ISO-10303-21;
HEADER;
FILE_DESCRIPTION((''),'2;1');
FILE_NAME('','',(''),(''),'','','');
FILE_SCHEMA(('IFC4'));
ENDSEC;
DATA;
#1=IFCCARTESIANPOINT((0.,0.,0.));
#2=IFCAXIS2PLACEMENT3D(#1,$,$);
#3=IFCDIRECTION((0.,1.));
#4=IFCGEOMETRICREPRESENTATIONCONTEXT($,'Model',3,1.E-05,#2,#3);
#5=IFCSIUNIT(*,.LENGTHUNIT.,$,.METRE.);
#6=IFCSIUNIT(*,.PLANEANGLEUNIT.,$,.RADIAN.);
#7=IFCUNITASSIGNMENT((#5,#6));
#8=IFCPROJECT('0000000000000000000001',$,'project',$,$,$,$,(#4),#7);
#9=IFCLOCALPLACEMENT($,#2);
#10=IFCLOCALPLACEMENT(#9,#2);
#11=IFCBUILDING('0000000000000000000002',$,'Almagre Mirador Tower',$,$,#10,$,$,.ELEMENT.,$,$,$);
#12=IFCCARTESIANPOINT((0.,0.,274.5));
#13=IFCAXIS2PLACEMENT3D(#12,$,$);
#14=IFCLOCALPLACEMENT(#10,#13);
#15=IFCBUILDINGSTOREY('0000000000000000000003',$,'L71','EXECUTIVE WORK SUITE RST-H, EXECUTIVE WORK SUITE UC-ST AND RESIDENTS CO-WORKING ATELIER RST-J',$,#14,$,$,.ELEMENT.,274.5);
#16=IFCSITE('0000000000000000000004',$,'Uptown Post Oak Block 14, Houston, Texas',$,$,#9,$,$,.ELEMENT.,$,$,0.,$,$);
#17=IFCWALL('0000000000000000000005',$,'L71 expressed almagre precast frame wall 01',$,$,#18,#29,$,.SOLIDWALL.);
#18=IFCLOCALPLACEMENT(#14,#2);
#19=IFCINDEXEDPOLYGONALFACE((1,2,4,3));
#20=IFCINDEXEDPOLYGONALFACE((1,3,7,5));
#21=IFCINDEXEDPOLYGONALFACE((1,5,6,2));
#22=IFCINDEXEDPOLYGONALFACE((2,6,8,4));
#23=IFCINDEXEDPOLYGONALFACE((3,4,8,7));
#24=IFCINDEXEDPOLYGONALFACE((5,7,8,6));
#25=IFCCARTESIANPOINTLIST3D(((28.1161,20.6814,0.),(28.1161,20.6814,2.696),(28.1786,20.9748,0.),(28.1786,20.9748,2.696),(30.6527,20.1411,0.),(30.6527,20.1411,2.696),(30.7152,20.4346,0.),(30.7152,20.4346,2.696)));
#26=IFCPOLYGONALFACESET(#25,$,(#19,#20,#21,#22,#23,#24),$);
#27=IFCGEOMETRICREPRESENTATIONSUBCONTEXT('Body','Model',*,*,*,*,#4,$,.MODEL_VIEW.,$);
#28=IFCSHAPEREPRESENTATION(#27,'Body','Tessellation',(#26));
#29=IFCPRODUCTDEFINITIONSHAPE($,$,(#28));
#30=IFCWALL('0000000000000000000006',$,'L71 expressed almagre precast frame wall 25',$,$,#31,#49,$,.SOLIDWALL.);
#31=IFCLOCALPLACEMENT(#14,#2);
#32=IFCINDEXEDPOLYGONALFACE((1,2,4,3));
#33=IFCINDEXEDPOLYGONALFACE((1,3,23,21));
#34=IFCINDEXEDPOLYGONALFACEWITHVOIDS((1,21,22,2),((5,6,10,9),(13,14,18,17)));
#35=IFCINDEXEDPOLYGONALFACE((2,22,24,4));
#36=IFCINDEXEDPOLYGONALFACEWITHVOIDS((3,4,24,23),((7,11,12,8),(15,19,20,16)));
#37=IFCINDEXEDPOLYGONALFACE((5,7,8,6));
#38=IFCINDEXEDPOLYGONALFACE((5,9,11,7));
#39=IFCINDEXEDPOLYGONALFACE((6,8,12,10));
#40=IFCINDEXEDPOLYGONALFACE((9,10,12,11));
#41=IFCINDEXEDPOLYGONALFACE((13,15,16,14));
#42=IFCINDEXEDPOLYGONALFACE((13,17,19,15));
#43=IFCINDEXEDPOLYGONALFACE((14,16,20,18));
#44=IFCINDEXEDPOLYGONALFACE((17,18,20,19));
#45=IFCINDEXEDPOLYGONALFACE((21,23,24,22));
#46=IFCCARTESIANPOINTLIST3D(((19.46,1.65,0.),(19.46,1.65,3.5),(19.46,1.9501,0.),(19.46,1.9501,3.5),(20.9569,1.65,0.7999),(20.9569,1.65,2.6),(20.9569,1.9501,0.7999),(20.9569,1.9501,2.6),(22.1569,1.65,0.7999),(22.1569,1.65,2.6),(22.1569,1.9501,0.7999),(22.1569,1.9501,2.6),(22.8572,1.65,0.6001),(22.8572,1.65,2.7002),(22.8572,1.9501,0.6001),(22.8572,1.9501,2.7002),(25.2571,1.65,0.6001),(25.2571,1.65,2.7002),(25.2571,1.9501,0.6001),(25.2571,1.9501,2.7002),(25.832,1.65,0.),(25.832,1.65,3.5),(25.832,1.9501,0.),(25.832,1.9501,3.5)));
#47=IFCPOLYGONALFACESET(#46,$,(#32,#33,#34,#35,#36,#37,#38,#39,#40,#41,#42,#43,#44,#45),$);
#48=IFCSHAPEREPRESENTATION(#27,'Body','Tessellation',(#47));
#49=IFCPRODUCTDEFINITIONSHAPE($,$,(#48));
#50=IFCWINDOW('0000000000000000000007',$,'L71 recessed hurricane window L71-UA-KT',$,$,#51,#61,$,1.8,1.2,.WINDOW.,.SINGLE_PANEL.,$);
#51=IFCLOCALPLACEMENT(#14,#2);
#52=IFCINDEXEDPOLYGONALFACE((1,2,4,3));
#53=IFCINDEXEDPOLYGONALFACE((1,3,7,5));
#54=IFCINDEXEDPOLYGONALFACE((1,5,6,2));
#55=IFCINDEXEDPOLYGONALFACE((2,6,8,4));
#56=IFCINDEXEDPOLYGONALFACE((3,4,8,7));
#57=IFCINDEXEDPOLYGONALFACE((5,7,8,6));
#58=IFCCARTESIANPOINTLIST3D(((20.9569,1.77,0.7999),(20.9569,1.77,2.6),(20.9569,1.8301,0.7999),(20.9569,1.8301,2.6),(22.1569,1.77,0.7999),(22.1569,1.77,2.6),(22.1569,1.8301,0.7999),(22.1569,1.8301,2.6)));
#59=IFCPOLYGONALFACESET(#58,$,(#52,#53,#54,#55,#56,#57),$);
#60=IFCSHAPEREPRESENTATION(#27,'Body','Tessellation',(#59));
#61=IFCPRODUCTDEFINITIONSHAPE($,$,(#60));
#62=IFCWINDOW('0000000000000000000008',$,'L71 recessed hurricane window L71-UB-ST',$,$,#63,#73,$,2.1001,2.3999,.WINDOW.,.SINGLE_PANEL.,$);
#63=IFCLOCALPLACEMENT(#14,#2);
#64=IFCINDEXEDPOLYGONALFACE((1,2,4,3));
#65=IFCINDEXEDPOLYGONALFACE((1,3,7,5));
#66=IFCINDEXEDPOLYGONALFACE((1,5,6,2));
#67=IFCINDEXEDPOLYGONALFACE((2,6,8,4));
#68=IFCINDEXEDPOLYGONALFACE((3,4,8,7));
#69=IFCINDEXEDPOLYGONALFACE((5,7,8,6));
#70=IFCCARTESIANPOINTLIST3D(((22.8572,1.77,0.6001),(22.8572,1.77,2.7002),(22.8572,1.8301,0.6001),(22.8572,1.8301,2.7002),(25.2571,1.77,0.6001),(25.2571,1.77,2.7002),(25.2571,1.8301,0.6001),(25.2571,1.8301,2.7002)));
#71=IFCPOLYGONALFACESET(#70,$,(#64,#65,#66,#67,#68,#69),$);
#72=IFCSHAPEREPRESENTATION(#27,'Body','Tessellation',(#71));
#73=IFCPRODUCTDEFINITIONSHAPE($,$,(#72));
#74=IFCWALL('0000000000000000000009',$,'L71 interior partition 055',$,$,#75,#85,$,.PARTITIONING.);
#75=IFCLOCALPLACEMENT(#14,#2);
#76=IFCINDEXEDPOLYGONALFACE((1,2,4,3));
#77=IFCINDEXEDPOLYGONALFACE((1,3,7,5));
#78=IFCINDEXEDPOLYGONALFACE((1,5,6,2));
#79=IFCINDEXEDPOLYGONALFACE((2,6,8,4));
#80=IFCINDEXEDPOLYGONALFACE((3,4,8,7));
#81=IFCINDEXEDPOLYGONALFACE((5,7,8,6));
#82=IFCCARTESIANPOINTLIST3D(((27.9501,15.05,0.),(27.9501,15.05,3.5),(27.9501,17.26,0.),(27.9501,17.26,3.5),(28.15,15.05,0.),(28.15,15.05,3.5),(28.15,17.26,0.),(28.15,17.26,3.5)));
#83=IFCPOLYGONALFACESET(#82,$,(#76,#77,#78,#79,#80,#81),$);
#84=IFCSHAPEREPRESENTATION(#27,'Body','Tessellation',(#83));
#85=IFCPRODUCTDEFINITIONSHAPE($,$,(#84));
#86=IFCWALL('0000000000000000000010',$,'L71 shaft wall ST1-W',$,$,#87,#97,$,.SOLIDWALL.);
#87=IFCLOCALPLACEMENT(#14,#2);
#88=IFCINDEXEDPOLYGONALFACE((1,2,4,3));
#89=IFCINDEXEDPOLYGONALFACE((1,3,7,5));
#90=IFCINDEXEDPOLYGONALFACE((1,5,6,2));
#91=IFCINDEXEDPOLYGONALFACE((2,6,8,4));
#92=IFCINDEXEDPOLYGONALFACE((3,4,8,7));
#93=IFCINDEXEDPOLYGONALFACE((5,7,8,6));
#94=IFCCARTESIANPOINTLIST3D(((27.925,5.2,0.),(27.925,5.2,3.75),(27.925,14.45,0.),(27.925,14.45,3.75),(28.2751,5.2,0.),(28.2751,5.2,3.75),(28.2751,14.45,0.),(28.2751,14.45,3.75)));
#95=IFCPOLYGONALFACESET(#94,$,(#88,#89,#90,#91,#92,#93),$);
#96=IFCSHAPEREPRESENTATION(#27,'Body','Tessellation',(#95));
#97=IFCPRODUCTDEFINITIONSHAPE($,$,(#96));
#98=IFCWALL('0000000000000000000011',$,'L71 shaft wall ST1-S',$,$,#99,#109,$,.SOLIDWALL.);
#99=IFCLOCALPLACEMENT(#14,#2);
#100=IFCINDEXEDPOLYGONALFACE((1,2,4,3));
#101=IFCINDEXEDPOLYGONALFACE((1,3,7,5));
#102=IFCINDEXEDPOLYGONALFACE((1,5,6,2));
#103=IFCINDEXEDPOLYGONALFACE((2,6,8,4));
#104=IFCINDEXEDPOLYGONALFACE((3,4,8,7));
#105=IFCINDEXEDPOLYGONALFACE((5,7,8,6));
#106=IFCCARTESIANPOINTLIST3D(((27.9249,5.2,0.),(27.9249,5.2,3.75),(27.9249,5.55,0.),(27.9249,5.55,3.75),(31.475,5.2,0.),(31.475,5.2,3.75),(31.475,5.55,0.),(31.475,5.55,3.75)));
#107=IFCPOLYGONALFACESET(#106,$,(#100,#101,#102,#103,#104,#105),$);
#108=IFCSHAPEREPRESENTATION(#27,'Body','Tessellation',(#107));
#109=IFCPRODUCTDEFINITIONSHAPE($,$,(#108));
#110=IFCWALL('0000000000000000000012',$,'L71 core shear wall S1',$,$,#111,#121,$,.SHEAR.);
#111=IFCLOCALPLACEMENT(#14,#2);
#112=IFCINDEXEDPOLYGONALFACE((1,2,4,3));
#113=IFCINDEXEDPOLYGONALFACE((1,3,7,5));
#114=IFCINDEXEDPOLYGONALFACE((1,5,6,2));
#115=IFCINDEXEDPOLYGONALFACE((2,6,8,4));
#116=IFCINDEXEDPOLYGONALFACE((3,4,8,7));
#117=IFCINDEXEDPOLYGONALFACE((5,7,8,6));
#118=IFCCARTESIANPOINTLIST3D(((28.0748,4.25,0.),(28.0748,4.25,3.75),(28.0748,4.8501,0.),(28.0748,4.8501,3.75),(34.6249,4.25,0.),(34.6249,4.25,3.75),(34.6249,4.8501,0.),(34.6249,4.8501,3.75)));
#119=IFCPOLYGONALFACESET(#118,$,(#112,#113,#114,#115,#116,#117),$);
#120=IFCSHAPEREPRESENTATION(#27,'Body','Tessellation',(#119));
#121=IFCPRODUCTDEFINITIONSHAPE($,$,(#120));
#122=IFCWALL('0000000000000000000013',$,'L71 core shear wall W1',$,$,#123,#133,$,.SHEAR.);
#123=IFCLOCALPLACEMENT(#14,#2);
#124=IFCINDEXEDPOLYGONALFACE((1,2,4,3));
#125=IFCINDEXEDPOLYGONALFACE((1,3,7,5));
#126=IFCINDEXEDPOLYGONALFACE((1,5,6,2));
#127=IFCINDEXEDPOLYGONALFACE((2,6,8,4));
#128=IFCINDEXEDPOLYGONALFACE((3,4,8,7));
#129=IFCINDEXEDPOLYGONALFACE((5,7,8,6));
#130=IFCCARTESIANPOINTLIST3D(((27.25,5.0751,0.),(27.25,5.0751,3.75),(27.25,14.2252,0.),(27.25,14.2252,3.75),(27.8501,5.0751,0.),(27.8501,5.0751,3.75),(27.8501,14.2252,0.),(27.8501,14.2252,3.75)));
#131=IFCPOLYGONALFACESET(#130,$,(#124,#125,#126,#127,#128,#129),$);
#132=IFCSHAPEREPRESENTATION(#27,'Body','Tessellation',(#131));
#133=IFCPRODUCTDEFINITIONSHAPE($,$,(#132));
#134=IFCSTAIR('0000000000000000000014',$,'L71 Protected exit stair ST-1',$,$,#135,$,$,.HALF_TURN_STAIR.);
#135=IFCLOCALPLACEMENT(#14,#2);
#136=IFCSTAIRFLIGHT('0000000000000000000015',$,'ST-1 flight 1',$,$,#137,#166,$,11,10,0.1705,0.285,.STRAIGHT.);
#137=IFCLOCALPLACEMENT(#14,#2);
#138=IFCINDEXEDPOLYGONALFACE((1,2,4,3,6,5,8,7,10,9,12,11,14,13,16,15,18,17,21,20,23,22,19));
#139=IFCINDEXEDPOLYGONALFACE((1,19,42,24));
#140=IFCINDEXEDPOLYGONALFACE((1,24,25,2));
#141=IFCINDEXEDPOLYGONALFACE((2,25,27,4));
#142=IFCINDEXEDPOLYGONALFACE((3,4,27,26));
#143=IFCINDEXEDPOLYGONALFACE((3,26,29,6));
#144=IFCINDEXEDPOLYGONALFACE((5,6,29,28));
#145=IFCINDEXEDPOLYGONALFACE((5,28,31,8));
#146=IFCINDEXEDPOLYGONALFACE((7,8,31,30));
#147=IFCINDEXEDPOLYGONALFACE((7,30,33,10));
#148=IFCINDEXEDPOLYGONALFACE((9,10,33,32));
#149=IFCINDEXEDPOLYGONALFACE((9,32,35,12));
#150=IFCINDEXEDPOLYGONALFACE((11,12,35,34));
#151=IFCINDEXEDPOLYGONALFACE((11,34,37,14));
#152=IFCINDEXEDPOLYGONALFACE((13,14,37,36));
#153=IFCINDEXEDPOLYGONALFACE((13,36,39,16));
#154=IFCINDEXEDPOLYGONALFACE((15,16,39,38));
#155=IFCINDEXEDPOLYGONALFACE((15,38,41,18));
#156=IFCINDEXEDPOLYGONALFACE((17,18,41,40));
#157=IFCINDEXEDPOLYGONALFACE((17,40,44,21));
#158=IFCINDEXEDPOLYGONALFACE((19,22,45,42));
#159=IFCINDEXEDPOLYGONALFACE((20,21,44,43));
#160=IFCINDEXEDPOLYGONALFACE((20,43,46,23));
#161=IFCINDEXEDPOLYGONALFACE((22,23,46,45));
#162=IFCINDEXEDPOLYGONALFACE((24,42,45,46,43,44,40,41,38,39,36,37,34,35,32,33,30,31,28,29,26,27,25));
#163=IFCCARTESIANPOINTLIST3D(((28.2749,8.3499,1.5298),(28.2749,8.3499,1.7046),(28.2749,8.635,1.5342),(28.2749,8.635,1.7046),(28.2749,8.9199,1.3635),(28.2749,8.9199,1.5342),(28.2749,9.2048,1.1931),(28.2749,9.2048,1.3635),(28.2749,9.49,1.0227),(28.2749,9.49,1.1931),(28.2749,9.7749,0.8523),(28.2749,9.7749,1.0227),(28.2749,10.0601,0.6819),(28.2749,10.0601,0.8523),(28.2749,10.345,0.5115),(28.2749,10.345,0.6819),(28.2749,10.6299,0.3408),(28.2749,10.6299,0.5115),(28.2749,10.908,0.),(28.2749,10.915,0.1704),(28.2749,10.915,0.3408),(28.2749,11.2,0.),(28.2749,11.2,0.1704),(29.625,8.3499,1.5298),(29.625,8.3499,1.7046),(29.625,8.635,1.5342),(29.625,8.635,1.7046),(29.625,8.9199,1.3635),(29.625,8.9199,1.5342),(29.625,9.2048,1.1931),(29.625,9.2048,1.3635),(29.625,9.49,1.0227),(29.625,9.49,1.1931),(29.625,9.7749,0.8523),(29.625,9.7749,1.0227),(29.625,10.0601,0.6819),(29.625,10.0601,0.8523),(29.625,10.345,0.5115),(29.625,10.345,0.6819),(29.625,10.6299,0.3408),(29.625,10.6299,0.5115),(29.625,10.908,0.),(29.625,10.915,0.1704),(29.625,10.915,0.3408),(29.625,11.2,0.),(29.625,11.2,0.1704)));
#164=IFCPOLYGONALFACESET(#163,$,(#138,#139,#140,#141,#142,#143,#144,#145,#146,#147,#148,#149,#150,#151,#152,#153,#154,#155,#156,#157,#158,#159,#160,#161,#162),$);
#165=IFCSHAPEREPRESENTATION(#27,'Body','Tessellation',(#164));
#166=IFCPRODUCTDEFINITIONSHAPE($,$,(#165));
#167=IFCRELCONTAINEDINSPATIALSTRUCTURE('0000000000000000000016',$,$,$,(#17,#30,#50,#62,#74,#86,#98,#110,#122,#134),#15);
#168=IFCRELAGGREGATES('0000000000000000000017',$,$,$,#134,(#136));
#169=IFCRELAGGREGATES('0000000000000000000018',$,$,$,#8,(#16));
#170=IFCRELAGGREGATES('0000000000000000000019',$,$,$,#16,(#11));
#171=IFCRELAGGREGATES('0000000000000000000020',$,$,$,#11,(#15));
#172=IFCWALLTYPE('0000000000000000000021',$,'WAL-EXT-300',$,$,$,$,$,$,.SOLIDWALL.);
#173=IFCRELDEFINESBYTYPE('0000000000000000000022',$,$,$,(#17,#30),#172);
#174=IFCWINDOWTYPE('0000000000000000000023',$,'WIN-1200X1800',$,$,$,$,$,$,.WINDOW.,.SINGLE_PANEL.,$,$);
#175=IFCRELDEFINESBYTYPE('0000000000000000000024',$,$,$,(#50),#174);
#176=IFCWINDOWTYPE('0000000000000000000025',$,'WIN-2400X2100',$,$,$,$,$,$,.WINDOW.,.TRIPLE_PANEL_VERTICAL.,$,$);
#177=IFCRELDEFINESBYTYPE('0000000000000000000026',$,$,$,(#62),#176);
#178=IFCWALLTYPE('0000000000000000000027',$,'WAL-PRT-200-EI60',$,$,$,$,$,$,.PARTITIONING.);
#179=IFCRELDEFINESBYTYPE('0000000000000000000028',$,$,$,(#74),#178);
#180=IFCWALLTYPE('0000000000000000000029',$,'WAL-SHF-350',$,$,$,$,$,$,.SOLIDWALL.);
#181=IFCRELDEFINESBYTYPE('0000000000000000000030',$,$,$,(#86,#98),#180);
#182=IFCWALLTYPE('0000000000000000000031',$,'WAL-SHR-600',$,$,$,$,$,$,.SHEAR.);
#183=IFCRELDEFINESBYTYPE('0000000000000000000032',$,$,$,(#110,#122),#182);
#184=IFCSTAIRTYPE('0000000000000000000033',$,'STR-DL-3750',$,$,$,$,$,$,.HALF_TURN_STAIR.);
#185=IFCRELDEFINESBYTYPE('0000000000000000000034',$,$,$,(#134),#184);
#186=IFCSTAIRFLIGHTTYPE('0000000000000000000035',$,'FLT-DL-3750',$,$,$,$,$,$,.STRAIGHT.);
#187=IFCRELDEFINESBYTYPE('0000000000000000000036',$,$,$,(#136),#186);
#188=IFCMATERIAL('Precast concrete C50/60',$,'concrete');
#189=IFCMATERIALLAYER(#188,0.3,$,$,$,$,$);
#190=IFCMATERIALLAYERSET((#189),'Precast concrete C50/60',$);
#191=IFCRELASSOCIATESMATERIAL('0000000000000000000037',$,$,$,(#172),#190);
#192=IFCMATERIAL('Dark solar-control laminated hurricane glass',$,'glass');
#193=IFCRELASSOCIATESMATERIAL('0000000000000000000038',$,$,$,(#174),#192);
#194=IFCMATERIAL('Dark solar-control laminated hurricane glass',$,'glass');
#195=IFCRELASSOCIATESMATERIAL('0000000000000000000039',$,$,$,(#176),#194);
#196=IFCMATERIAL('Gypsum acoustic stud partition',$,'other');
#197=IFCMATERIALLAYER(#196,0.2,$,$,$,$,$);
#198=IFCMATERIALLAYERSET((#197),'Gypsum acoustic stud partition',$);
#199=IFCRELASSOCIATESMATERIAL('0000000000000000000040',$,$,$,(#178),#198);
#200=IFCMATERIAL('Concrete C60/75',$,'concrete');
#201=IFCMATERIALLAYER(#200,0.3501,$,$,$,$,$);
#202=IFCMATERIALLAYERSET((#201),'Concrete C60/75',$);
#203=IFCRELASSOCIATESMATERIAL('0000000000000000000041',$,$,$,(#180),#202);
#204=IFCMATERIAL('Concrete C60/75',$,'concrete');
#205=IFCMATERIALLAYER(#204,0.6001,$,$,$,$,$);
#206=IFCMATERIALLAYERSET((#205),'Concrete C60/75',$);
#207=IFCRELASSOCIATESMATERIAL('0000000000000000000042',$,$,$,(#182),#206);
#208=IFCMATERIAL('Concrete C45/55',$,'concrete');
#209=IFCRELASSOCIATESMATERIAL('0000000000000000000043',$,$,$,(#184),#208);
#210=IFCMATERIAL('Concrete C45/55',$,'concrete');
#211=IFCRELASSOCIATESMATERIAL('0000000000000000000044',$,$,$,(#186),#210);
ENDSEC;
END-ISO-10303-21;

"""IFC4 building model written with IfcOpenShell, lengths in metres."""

from ifc_helpers import new_model, si_unit, direction, frame, frame_2d, origin, place, context, subcontext, project, spatial, polyline, rectangle, outline, extrude, material, layer, layer_set, type_object, element, fill, aggregate, save


model = new_model("IFC4")

# Units and contexts
model_context = context("Model", 3, precision=1e-05, world=origin(), true_north=direction((0.0, 1.0)))
body_context = subcontext(model_context, "Body", "Model", "MODEL_VIEW")
ifc_project = project(units=[si_unit("LENGTHUNIT", "METRE"), si_unit("PLANEANGLEUNIT", "RADIAN")], contexts=[model_context])

# Site, building, storey
site_placement = place(None, origin())
site = spatial("IfcSite", under=ifc_project, at=site_placement, Name="Uptown Post Oak Block 14, Houston, Texas", CompositionType="ELEMENT", RefElevation=0.0)
building_placement = place(site_placement, origin())
building = spatial("IfcBuilding", under=site, at=building_placement, Name="Almagre Mirador Tower", CompositionType="ELEMENT")
storey_placement = place(building_placement, frame((0.0, 0.0, 274.5)))
storey = spatial("IfcBuildingStorey", under=building, at=storey_placement, Name="L71", Description="EXECUTIVE WORK SUITE RST-H, EXECUTIVE WORK SUITE UC-ST AND RESIDENTS CO-WORKING ATELIER RST-J", CompositionType="ELEMENT", Elevation=274.5)

# Wall
ifc_material_1 = material(Name="Precast concrete C50/60", Category="concrete")
ifc_layer_1 = layer(ifc_material_1, 0.3)
ifc_layer_set_1 = layer_set([ifc_layer_1], Name="Precast concrete C50/60")
wall_type_1 = type_object("IfcWallType", Name="WAL-EXT-300", PredefinedType="SOLIDWALL", material=ifc_layer_set_1)
wall_1_placement = place(storey_placement, frame((28.1472, 20.8281, 0.0), z_axis=(0.0, 0.0, 1.0), x_axis=(0.978061, -0.20832, 0.0)))
element("IfcWall", 1, at=wall_1_placement, inside=storey, type_object=wall_type_1, Name="L71 expressed almagre precast frame wall 01", PredefinedType="SOLIDWALL", context=body_context, shape_type="SweptSolid", body=[
    extrude(rectangle(XDim=2.5935, YDim=0.3, at=frame_2d((1.2969, 0.0))), origin(), (0.0, 0.0, 1.0), 2.696),
])

# Wall, openings, windows
wall_2_placement = place(storey_placement, frame((25.832, 1.8, 0.0), z_axis=(0.0, 0.0, 1.0), x_axis=(-1.0, 0.0, 0.0)))
wall_2 = element("IfcWall", 2, at=wall_2_placement, inside=storey, type_object=wall_type_1, Name="L71 expressed almagre precast frame wall 25", PredefinedType="SOLIDWALL", context=body_context, shape_type="SweptSolid", body=[
    extrude(rectangle(XDim=6.3721, YDim=0.3, at=frame_2d((3.186, 0.0))), origin(), (0.0, 0.0, 1.0), 3.5),
])
opening_1_placement = place(wall_2_placement, frame((3.675, 0.0, 0.8)))
opening_1 = element("IfcOpeningElement", 3, at=opening_1_placement, cuts=wall_2, PredefinedType="OPENING", context=body_context, shape_type="SweptSolid", body=[
    extrude(rectangle(XDim=1.2, YDim=1.8, at=frame_2d((0.6001, 0.8999))), frame((0.0, 0.1599, 0.0), z_axis=(0.0, -1.0, 0.0), x_axis=(1.0, 0.0, 0.0)), (0.0, 0.0, 1.0), 0.32),
])
opening_2_placement = place(wall_2_placement, frame((0.575, 0.0, 0.6001)))
opening_2 = element("IfcOpeningElement", 4, at=opening_2_placement, cuts=wall_2, PredefinedType="OPENING", context=body_context, shape_type="SweptSolid", body=[
    extrude(rectangle(XDim=2.3999, YDim=2.1001, at=frame_2d((1.2, 1.05))), frame((0.0, 0.1599, 0.0), z_axis=(0.0, -1.0, 0.0), x_axis=(1.0, 0.0, 0.0)), (0.0, 0.0, 1.0), 0.32),
])
ifc_material_2 = material(Name="Dark solar-control laminated hurricane glass", Category="glass")
window_type_1 = type_object("IfcWindowType", Name="WIN-1200X1800", PartitioningType="SINGLE_PANEL", PredefinedType="WINDOW", material=ifc_material_2)
window_1_placement = place(opening_1_placement, origin())
window_1 = element("IfcWindow", 5, at=window_1_placement, inside=storey, type_object=window_type_1, Name="L71 recessed hurricane window L71-UA-KT", OverallHeight=1.8, OverallWidth=1.2, PartitioningType="SINGLE_PANEL", PredefinedType="WINDOW", context=body_context, shape_type="SweptSolid", body=[
    extrude(rectangle(XDim=1.2, YDim=1.8, at=frame_2d((0.6001, 0.8999))), frame((0.0, 0.03, 0.0), z_axis=(0.0, -1.0, 0.0), x_axis=(1.0, 0.0, 0.0)), (0.0, 0.0, 1.0), 0.0601),
])
fill(opening_1, window_1)
ifc_material_3 = material(Name="Dark solar-control laminated hurricane glass", Category="glass")
window_type_2 = type_object("IfcWindowType", Name="WIN-2400X2100", PartitioningType="TRIPLE_PANEL_VERTICAL", PredefinedType="WINDOW", material=ifc_material_3)
window_2_placement = place(opening_2_placement, origin())
window_2 = element("IfcWindow", 6, at=window_2_placement, inside=storey, type_object=window_type_2, Name="L71 recessed hurricane window L71-UB-ST", OverallHeight=2.1001, OverallWidth=2.3999, PartitioningType="SINGLE_PANEL", PredefinedType="WINDOW", context=body_context, shape_type="SweptSolid", body=[
    extrude(rectangle(XDim=2.3999, YDim=2.1001, at=frame_2d((1.2, 1.05))), frame((0.0, 0.03, 0.0), z_axis=(0.0, -1.0, 0.0), x_axis=(1.0, 0.0, 0.0)), (0.0, 0.0, 1.0), 0.0601),
])
fill(opening_2, window_2)

# Walls
ifc_material_4 = material(Name="Gypsum acoustic stud partition", Category="other")
ifc_layer_2 = layer(ifc_material_4, 0.2)
ifc_layer_set_2 = layer_set([ifc_layer_2], Name="Gypsum acoustic stud partition")
wall_type_2 = type_object("IfcWallType", Name="WAL-PRT-200-EI60", PredefinedType="PARTITIONING", material=ifc_layer_set_2)
wall_3_placement = place(storey_placement, frame((28.05, 17.26, 0.0), z_axis=(0.0, 0.0, 1.0), x_axis=(0.0, -1.0, 0.0)))
element("IfcWall", 7, at=wall_3_placement, inside=storey, type_object=wall_type_2, Name="L71 interior partition 055", PredefinedType="PARTITIONING", context=body_context, shape_type="SweptSolid", body=[
    extrude(rectangle(XDim=2.21, YDim=0.2, at=frame_2d((1.105, 0.0))), origin(), (0.0, 0.0, 1.0), 3.5),
])
ifc_material_5 = material(Name="Concrete C60/75", Category="concrete")
ifc_layer_3 = layer(ifc_material_5, 0.3501)
ifc_layer_set_3 = layer_set([ifc_layer_3], Name="Concrete C60/75")
wall_type_3 = type_object("IfcWallType", Name="WAL-SHF-350", PredefinedType="SOLIDWALL", material=ifc_layer_set_3)
wall_4_placement = place(storey_placement, frame((28.1001, 5.2, 0.0), z_axis=(0.0, 0.0, 1.0), x_axis=(0.0, 1.0, 0.0)))
element("IfcWall", 8, at=wall_4_placement, inside=storey, type_object=wall_type_3, Name="L71 shaft wall ST1-W", PredefinedType="SOLIDWALL", context=body_context, shape_type="SweptSolid", body=[
    extrude(rectangle(XDim=9.25, YDim=0.3501, at=frame_2d((4.625, 0.0))), origin(), (0.0, 0.0, 1.0), 3.75),
])
wall_5_placement = place(storey_placement, frame((27.925, 5.375, 0.0), z_axis=(0.0, 0.0, 1.0), x_axis=(1.0, 0.0, 0.0)))
element("IfcWall", 9, at=wall_5_placement, inside=storey, type_object=wall_type_3, Name="L71 shaft wall ST1-S", PredefinedType="SOLIDWALL", context=body_context, shape_type="SweptSolid", body=[
    extrude(rectangle(XDim=3.55, YDim=0.3501, at=frame_2d((1.7749, 0.0))), origin(), (0.0, 0.0, 1.0), 3.75),
])
ifc_material_6 = material(Name="Concrete C60/75", Category="concrete")
ifc_layer_4 = layer(ifc_material_6, 0.6001)
ifc_layer_set_4 = layer_set([ifc_layer_4], Name="Concrete C60/75")
wall_type_4 = type_object("IfcWallType", Name="WAL-SHR-600", PredefinedType="SHEAR", material=ifc_layer_set_4)
wall_6_placement = place(storey_placement, frame((28.075, 4.55, 0.0), z_axis=(0.0, 0.0, 1.0), x_axis=(1.0, 0.0, 0.0)))
element("IfcWall", 10, at=wall_6_placement, inside=storey, type_object=wall_type_4, Name="L71 core shear wall S1", PredefinedType="SHEAR", context=body_context, shape_type="SweptSolid", body=[
    extrude(rectangle(XDim=6.55, YDim=0.6001, at=frame_2d((3.2749, 0.0))), origin(), (0.0, 0.0, 1.0), 3.75),
])

# Wall
wall_7_placement = place(storey_placement, frame((27.55, 5.075, 0.0), z_axis=(0.0, 0.0, 1.0), x_axis=(0.0, 1.0, 0.0)))
element("IfcWall", 11, at=wall_7_placement, inside=storey, type_object=wall_type_4, Name="L71 core shear wall W1", PredefinedType="SHEAR", context=body_context, shape_type="SweptSolid", body=[
    extrude(rectangle(XDim=9.1501, YDim=0.6001, at=frame_2d((4.5752, 0.0))), origin(), (0.0, 0.0, 1.0), 3.75),
])

# Stair, stair flight
ifc_material_7 = material(Name="Concrete C45/55", Category="concrete")
stair_type = type_object("IfcStairType", Name="STR-DL-3750", PredefinedType="HALF_TURN_STAIR", material=ifc_material_7)
stair_placement = place(storey_placement, origin())
stair = element("IfcStair", 12, at=stair_placement, inside=storey, type_object=stair_type, Name="L71 Protected exit stair ST-1", PredefinedType="HALF_TURN_STAIR")
ifc_material_8 = material(Name="Concrete C45/55", Category="concrete")
stair_flight_type = type_object("IfcStairFlightType", Name="FLT-DL-3750", PredefinedType="STRAIGHT", material=ifc_material_8)
stair_flight_1_placement = place(storey_placement, frame((28.95, 11.2, 0.0), z_axis=(0.0, 0.0, 1.0), x_axis=(0.0, -1.0, 0.0)))
stair_flight_1 = element("IfcStairFlight", 13, at=stair_flight_1_placement, type_object=stair_flight_type, Name="ST-1 flight 1", NumberOfRisers=11, NumberOfTreads=10, PredefinedType="STRAIGHT", RiserHeight=0.1705, TreadLength=0.285, context=body_context, shape_type="SweptSolid", body=[
    extrude(outline(polyline([(0.0, 0.0), (0.0, 0.1704), (0.2849, 0.1704), (0.2849, 0.3408), (0.5701, 0.3408), (0.5701, 0.5115), (0.855, 0.5115), (0.855, 0.6819), (1.1399, 0.6819), (1.1399, 0.8523), (1.425, 0.8523), (1.425, 1.0227), (1.71, 1.0227), (1.71, 1.1931), (1.9951, 1.1931), (1.9951, 1.3635), (2.28, 1.3635), (2.28, 1.5342), (2.5649, 1.5342), (2.5649, 1.7046), (2.8501, 1.7046), (2.8501, 1.875), (2.8501, 1.5298), (0.292, 0.0), (0.0, 0.0)])), frame((0.0, 0.675, 0.0), z_axis=(0.0, -1.0, 0.0), x_axis=(1.0, 0.0, 0.0)), (0.0, 0.0, 1.0), 1.3501),
])
aggregate(stair, [stair_flight_1])

save(model, "model.ifc")
